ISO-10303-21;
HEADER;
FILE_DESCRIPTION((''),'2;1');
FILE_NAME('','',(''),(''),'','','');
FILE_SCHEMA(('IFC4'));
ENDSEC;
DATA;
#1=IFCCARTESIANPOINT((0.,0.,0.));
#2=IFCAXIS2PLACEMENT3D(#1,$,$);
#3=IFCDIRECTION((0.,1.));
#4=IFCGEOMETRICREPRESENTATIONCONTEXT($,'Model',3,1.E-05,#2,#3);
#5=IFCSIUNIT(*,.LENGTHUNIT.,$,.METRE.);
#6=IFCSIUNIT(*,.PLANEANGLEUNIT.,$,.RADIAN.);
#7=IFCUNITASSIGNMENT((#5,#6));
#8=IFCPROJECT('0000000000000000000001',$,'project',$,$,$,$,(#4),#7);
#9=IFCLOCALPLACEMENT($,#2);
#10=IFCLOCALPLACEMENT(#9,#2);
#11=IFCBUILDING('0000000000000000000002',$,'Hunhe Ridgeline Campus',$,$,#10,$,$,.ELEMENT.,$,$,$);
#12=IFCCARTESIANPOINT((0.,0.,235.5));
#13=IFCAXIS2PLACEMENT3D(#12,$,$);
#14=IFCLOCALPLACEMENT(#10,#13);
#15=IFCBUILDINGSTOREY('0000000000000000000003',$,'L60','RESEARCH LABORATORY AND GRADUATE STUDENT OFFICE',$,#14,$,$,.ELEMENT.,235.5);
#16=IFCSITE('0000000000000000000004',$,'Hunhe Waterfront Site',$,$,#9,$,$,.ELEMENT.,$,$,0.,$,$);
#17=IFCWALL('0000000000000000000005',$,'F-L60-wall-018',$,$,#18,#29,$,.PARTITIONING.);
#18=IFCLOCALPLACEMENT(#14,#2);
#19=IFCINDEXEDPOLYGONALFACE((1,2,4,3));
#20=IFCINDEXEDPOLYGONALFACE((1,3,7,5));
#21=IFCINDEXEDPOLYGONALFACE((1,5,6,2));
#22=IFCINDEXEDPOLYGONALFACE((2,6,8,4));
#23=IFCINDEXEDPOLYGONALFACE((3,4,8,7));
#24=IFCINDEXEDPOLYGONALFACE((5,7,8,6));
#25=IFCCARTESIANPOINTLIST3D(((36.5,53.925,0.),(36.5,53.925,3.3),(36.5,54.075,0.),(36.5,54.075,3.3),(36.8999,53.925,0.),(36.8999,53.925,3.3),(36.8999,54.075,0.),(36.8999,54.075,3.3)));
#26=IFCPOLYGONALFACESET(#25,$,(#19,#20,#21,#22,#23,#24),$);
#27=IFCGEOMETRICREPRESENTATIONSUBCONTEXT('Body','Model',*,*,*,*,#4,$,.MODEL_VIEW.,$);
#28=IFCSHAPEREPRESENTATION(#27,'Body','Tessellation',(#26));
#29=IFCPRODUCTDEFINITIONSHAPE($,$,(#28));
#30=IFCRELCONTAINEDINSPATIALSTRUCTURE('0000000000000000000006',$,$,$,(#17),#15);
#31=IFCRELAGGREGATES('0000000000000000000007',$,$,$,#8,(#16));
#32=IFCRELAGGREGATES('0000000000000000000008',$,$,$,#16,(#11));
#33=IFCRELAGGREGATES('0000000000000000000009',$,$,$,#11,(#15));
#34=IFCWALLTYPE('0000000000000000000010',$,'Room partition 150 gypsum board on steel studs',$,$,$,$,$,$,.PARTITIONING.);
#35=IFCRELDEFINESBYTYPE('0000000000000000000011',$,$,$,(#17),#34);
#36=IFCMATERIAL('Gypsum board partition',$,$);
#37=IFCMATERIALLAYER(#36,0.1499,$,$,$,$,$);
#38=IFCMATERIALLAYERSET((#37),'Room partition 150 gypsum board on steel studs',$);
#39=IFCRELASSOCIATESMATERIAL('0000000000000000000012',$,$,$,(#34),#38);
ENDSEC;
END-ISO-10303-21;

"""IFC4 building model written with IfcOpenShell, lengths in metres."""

from ifc_helpers import new_model, si_unit, direction, frame, frame_2d, origin, place, context, subcontext, project, spatial, rectangle, extrude, material, layer, layer_set, type_object, element, save


model = new_model("IFC4")

# Units and contexts
model_context = context("Model", 3, precision=1e-05, world=origin(), true_north=direction((0.0, 1.0)))
body_context = subcontext(model_context, "Body", "Model", "MODEL_VIEW")
ifc_project = project(units=[si_unit("LENGTHUNIT", "METRE"), si_unit("PLANEANGLEUNIT", "RADIAN")], contexts=[model_context])

# Site, building, storey
site_placement = place(None, origin())
site = spatial("IfcSite", under=ifc_project, at=site_placement, Name="Hunhe Waterfront Site", CompositionType="ELEMENT", RefElevation=0.0)
building_placement = place(site_placement, origin())
building = spatial("IfcBuilding", under=site, at=building_placement, Name="Hunhe Ridgeline Campus", CompositionType="ELEMENT")
storey_placement = place(building_placement, frame((0.0, 0.0, 235.5)))
storey = spatial("IfcBuildingStorey", under=building, at=storey_placement, Name="L60", Description="RESEARCH LABORATORY AND GRADUATE STUDENT OFFICE", CompositionType="ELEMENT", Elevation=235.5)

# Shared definitions
ifc_material_1 = material(Name="Gypsum board partition")

# Wall
ifc_layer_1 = layer(ifc_material_1, 0.1499)
ifc_layer_set_1 = layer_set([ifc_layer_1], Name="Room partition 150 gypsum board on steel studs")
wall_type_1 = type_object("IfcWallType", Name="Room partition 150 gypsum board on steel studs", PredefinedType="PARTITIONING", material=ifc_layer_set_1)
wall_1_placement = place(storey_placement, frame((36.5, 54.0, 0.0), z_axis=(0.0, 0.0, 1.0), x_axis=(1.0, 0.0, 0.0)))
element("IfcWall", 1, at=wall_1_placement, inside=storey, type_object=wall_type_1, Name="F-L60-wall-018", PredefinedType="PARTITIONING", context=body_context, shape_type="SweptSolid", body=[
    extrude(rectangle(XDim=0.3999, YDim=0.1499, at=frame_2d((0.2, 0.0))), origin(), (0.0, 0.0, 1.0), 3.3),
])

save(model, "model.ifc")
